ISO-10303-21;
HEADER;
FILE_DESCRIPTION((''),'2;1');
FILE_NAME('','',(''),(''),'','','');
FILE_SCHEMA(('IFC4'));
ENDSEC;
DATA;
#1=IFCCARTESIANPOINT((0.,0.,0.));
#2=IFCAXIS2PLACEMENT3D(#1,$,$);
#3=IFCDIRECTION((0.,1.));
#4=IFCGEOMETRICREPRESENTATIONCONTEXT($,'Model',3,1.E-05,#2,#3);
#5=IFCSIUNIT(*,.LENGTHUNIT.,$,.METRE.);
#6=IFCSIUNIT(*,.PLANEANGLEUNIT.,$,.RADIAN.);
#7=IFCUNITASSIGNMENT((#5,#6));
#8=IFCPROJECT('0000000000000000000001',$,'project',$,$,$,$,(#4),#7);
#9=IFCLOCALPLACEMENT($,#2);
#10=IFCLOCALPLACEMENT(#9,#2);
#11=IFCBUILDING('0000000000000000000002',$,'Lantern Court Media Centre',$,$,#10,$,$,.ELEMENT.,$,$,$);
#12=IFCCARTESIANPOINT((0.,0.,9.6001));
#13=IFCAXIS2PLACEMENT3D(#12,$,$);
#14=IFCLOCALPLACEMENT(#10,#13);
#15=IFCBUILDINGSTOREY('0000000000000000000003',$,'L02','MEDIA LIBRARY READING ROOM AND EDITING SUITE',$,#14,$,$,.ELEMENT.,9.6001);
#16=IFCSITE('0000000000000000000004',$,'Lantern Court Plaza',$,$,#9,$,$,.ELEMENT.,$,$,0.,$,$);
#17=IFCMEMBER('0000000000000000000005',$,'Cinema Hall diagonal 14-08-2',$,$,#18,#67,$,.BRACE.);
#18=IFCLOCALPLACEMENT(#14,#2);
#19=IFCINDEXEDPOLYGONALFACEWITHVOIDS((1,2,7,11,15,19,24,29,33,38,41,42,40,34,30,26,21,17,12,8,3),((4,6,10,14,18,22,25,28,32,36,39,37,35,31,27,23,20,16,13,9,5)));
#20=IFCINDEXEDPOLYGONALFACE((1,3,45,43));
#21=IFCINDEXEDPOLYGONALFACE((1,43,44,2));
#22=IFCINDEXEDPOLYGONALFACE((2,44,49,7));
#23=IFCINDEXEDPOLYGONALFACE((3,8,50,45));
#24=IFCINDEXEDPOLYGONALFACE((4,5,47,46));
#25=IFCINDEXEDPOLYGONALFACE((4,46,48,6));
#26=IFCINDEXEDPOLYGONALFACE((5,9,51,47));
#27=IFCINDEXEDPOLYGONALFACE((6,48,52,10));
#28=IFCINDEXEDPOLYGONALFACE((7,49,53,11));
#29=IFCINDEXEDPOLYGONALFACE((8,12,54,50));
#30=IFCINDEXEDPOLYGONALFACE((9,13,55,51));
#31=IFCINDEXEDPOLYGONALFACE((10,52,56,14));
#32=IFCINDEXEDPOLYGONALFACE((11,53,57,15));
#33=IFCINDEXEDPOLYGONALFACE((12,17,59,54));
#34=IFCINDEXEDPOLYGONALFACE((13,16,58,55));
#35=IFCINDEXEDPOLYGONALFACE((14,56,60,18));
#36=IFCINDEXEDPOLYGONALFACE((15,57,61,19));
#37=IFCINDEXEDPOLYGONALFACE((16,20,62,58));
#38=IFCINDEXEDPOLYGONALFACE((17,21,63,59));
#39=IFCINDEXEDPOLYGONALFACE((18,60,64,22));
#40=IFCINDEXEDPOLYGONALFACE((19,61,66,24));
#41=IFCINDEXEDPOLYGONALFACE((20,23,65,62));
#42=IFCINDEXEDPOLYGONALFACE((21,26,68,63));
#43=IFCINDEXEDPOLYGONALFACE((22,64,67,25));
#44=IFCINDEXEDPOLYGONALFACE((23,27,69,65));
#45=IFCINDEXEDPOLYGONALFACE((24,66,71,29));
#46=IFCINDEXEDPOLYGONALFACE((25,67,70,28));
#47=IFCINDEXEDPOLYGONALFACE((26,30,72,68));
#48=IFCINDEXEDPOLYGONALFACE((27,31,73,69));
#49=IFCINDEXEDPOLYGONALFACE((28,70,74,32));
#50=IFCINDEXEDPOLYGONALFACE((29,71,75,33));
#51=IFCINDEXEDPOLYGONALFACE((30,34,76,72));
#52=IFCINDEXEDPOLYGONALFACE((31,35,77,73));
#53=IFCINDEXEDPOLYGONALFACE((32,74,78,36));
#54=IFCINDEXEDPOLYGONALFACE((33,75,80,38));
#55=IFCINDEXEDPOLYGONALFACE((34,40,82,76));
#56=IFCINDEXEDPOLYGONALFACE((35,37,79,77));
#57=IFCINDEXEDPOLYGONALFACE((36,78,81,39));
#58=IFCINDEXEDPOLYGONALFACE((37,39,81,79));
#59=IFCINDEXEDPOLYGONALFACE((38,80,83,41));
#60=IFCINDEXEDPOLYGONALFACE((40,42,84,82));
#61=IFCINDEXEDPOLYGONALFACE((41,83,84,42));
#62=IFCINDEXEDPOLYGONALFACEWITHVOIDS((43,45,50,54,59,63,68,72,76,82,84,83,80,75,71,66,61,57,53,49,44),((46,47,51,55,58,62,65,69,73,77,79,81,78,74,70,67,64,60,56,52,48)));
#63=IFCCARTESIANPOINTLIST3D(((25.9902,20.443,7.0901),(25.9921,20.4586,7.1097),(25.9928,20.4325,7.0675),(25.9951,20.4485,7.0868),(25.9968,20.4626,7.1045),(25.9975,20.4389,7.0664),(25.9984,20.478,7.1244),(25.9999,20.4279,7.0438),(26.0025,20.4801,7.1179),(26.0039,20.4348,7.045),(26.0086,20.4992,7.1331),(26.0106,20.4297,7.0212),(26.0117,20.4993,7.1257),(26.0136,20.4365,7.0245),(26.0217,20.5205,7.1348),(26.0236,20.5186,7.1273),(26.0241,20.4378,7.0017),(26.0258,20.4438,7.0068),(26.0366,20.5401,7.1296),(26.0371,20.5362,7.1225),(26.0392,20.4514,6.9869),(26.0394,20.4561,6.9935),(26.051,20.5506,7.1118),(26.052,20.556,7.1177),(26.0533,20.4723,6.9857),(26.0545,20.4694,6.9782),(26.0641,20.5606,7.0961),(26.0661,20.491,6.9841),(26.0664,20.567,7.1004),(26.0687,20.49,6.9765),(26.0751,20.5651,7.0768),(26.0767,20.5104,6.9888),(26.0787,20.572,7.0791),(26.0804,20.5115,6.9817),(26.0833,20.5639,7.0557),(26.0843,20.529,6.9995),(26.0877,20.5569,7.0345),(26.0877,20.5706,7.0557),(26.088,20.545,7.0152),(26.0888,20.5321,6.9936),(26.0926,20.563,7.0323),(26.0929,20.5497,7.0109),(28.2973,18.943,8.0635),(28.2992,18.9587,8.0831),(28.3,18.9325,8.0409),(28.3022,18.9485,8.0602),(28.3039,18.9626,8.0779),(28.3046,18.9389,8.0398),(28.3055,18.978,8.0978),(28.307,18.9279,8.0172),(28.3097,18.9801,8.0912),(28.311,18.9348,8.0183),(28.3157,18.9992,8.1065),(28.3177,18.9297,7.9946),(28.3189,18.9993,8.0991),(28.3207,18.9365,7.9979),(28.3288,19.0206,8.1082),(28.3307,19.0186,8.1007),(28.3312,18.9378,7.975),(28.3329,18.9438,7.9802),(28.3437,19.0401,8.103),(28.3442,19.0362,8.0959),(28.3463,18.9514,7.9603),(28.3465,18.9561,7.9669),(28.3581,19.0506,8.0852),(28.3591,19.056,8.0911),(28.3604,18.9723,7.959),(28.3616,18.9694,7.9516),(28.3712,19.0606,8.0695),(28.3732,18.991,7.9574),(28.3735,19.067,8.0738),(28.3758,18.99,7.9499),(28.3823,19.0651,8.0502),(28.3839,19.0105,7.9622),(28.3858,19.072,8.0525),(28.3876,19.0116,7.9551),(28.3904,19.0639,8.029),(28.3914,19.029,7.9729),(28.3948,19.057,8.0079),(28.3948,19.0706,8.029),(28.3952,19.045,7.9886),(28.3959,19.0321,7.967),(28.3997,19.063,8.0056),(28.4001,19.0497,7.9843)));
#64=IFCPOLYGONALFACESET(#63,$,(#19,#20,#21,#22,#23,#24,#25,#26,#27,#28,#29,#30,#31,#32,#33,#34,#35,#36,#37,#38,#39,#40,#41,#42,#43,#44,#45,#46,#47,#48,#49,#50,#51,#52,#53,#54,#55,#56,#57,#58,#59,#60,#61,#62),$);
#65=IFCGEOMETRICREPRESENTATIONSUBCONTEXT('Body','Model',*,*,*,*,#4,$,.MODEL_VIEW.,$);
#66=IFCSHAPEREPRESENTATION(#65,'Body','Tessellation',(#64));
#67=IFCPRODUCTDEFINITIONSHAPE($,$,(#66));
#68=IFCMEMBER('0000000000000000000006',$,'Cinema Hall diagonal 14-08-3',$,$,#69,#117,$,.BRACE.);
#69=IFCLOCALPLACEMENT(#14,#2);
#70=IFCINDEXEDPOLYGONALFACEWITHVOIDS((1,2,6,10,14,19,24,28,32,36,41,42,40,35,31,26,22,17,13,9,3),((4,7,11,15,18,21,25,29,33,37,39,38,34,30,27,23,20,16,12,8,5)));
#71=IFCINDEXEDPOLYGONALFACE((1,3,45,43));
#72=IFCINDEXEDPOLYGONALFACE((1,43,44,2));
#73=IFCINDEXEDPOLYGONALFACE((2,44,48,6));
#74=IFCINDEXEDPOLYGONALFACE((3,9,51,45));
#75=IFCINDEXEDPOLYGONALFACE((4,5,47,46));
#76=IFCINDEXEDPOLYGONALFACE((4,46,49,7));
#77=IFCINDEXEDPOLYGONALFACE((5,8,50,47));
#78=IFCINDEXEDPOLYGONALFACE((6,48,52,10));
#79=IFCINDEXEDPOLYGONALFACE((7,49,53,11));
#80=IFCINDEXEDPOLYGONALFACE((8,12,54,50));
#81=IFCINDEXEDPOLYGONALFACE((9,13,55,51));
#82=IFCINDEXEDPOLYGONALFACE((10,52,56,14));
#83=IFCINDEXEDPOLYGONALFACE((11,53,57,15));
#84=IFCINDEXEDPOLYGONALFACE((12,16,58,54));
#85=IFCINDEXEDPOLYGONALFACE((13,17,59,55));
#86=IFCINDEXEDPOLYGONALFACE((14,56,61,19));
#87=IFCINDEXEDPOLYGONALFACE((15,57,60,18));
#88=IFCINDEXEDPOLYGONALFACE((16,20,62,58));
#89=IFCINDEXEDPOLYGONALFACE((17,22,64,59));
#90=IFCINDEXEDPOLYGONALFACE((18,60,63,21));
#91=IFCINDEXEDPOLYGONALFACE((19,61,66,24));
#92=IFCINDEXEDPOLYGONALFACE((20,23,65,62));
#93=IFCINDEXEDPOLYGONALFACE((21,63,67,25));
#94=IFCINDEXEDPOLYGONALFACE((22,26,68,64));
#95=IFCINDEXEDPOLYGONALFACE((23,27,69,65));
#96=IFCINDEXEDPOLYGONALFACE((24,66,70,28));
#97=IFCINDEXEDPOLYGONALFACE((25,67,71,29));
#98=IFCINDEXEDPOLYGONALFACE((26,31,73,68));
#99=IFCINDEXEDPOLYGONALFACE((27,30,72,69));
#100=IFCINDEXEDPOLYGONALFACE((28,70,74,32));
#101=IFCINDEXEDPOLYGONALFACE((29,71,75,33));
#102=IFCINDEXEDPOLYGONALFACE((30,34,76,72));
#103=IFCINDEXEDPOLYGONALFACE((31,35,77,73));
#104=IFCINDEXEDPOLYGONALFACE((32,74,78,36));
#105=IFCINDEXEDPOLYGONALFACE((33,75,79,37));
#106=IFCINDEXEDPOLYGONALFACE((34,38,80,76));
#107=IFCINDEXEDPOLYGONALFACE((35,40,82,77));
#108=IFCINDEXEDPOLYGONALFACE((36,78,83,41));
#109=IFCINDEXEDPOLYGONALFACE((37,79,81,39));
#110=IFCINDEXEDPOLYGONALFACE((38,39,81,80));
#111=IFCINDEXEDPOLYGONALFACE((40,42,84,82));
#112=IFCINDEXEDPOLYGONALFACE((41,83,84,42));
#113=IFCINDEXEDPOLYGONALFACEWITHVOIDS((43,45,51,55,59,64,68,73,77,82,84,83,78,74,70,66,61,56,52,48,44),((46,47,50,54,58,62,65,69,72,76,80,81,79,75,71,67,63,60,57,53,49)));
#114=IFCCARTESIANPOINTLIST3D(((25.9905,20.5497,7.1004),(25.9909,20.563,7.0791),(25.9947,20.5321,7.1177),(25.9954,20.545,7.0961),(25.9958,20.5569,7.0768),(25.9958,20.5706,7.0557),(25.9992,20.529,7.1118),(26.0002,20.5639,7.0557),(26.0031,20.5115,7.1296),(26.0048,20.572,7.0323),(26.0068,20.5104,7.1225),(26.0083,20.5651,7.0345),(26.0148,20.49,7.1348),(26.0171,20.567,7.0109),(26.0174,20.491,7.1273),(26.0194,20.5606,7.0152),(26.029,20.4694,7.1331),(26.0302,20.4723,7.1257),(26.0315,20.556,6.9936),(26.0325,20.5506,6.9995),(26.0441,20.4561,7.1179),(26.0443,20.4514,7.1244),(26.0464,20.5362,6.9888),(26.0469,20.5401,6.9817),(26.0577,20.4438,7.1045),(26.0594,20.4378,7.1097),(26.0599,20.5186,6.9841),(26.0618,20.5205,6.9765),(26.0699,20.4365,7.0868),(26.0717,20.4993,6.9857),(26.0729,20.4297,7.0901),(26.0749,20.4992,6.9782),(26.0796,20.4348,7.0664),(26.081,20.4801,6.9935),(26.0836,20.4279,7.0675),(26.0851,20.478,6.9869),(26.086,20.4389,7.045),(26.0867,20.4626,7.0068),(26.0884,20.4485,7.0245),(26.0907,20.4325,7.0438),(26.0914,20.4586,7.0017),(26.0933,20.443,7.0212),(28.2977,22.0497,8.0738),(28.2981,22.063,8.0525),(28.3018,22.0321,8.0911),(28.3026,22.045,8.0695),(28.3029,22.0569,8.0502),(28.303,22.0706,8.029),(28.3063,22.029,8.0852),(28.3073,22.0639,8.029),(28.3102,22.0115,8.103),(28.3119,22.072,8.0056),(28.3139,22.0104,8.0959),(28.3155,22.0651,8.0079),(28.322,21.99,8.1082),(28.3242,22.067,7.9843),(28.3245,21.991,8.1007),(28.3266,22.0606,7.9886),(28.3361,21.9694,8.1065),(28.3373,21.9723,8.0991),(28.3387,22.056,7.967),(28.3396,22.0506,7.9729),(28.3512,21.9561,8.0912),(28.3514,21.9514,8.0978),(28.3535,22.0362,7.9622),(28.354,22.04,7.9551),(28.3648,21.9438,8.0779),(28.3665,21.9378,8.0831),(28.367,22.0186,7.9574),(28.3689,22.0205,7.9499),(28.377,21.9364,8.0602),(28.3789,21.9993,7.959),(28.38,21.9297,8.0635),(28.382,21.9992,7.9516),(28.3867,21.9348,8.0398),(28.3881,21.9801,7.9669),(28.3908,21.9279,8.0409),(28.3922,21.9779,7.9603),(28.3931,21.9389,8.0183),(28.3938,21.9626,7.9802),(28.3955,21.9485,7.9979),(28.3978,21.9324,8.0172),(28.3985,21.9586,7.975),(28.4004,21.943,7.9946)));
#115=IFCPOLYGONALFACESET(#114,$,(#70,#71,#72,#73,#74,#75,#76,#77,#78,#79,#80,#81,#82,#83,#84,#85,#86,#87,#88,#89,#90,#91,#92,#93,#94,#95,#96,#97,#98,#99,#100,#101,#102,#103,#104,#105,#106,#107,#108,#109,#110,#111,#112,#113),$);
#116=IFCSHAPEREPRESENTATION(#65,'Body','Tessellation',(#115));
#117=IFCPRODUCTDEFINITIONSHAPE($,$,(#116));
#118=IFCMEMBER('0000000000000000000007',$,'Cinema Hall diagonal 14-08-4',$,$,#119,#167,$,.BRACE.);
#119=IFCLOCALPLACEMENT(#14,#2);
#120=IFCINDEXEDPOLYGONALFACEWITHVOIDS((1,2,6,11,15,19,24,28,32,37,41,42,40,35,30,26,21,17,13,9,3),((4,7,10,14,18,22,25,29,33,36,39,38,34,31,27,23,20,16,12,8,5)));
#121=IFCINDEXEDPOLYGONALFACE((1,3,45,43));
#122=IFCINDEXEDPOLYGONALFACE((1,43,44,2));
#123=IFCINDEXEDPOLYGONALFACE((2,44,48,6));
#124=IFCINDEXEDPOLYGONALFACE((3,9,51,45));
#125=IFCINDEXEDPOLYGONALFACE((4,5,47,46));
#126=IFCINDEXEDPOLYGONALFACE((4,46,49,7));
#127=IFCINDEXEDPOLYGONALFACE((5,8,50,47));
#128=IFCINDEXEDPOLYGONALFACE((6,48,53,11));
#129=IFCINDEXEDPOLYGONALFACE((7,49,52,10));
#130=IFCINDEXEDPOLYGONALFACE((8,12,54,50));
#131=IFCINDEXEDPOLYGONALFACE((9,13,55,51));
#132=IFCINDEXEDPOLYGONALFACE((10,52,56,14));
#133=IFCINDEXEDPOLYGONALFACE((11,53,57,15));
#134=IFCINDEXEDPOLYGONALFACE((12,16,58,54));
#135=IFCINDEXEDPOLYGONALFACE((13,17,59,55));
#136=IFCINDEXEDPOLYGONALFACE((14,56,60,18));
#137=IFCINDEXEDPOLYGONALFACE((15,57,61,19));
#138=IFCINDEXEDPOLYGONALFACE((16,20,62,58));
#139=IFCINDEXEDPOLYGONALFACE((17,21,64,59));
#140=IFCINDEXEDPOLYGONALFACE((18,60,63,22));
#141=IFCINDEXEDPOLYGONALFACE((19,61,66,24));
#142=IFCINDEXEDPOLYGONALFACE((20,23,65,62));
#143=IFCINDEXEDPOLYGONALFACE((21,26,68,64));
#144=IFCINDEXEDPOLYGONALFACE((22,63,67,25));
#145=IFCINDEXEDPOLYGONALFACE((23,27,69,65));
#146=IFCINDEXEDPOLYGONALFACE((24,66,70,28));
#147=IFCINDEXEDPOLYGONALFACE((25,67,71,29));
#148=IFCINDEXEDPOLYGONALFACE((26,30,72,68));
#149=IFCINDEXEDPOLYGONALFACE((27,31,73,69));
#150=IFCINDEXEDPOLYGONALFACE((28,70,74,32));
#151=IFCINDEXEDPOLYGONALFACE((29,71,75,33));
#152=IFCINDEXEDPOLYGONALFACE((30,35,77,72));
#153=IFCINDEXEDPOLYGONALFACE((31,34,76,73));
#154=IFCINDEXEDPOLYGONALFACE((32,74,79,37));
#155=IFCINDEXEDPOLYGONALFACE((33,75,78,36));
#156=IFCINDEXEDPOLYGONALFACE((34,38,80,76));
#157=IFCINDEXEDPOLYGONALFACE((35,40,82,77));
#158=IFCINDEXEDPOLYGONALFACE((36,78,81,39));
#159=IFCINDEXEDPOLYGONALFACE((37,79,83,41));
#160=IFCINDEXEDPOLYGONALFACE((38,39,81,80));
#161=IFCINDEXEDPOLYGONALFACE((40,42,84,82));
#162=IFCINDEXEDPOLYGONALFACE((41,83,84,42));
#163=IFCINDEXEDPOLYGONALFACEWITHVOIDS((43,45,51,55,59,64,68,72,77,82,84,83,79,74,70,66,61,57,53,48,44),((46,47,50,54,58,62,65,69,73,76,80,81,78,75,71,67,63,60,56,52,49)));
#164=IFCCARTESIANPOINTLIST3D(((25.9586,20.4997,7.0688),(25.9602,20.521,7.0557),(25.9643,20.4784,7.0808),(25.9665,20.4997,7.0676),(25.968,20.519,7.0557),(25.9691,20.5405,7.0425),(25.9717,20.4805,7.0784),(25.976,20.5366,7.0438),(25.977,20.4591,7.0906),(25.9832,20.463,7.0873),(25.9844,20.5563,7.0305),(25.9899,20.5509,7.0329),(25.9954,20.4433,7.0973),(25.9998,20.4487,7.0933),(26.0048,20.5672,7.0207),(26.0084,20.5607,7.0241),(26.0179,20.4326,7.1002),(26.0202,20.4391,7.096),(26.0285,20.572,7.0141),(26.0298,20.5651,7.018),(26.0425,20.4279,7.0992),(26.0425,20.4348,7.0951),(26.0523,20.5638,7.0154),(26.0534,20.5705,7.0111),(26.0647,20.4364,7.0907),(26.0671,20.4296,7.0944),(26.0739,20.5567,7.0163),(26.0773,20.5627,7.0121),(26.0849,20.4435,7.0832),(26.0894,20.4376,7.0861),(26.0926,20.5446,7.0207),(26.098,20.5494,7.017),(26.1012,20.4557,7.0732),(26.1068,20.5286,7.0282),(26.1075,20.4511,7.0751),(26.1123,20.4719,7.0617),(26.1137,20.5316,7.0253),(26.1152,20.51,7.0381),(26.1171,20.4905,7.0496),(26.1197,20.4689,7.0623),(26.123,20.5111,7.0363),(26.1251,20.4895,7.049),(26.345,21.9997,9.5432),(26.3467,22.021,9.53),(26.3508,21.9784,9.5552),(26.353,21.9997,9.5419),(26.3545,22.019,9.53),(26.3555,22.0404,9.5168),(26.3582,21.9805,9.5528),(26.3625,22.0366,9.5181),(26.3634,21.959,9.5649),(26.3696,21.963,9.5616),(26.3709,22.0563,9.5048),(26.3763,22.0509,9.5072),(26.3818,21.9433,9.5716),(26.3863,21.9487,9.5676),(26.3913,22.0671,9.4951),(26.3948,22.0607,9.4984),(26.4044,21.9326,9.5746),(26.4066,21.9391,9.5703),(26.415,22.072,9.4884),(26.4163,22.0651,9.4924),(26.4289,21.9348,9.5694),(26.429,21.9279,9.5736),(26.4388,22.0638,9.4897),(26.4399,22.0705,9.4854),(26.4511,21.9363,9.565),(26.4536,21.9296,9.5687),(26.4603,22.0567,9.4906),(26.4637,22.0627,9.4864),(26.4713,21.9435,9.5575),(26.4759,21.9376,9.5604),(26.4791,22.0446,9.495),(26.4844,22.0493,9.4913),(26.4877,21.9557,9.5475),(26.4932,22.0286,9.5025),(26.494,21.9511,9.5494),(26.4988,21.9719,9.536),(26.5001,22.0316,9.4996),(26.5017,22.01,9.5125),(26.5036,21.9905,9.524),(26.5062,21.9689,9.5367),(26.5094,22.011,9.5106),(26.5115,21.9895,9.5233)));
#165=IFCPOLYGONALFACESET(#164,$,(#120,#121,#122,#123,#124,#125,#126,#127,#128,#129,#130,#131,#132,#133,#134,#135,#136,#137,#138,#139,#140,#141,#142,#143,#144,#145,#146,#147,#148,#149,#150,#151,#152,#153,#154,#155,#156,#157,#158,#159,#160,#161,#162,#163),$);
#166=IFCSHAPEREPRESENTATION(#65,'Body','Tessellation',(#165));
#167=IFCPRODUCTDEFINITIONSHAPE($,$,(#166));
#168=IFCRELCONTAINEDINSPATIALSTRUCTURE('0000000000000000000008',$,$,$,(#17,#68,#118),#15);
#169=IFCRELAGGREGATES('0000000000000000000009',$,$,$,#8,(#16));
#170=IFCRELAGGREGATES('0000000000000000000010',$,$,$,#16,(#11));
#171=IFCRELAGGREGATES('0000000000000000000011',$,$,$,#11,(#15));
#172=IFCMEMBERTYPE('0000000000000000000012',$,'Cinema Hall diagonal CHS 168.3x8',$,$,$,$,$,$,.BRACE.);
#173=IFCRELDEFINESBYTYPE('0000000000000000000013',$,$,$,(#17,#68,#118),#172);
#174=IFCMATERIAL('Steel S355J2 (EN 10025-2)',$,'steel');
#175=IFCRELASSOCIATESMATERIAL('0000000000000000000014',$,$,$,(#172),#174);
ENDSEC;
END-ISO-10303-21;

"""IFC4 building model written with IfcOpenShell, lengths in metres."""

from ifc_helpers import new_model, si_unit, direction, frame, origin, origin_2d, place, context, subcontext, project, spatial, hollow_circle, extrude, material, material_profile, profile_set, type_object, element, save


model = new_model("IFC4")

# Units and contexts
model_context = context("Model", 3, precision=1e-05, world=origin(), true_north=direction((0.0, 1.0)))
body_context = subcontext(model_context, "Body", "Model", "MODEL_VIEW")
ifc_project = project(units=[si_unit("LENGTHUNIT", "METRE"), si_unit("PLANEANGLEUNIT", "RADIAN")], contexts=[model_context])

# Site, building, storey
site_placement = place(None, origin())
site = spatial("IfcSite", under=ifc_project, at=site_placement, Name="Lantern Court Plaza", CompositionType="ELEMENT", RefElevation=0.0)
building_placement = place(site_placement, origin())
building = spatial("IfcBuilding", under=site, at=building_placement, Name="Lantern Court Media Centre", CompositionType="ELEMENT")
storey_placement = place(building_placement, frame((0.0, 0.0, 9.6001)))
storey = spatial("IfcBuildingStorey", under=building, at=storey_placement, Name="L02", Description="MEDIA LIBRARY READING ROOM AND EDITING SUITE", CompositionType="ELEMENT", Elevation=9.6001)

# Members
ifc_material = material(Name="Steel S355J2 (EN 10025-2)", Category="steel")
ifc_material_profile_1 = material_profile(ifc_material, hollow_circle(Radius=0.0842, WallThickness=0.0081, at=origin_2d()), Name="Cinema Hall diagonal CHS 168.3x8")
ifc_profile_set_1 = profile_set([ifc_material_profile_1], Name="Steel S355J2 (EN 10025-2)")
member_type_1 = type_object("IfcMemberType", Name="Cinema Hall diagonal CHS 168.3x8", PredefinedType="BRACE", material=ifc_profile_set_1)
for number, where, z_axis, x_axis, name in (
    (1, (26.0417, 20.5, 7.0557), (0.790394, -0.513882, 0.333471), (0.545082, 0.838383, 0.0), "Cinema Hall diagonal 14-08-2"),
    (2, (26.0417, 20.5, 7.0557), (0.790394, 0.513882, 0.333471), (-0.545082, 0.838383, 0.0), "Cinema Hall diagonal 14-08-3"),
):
    element("IfcMember", number, at=place(storey_placement, frame(where, z_axis=z_axis, x_axis=x_axis)), inside=storey, type_object=member_type_1, Name=name, PredefinedType="BRACE", context=body_context, shape_type="SweptSolid", body=[
        extrude(hollow_circle(Radius=0.0842, WallThickness=0.0081, at=origin_2d()), origin(), (0.0, 0.0, 1.0), 2.9189),
    ])
member_1_placement = place(storey_placement, frame((26.0417, 20.5, 7.0557), z_axis=(0.13239, 0.513836, 0.847612), x_axis=(-0.968374, 0.249501, 0.0)))
element("IfcMember", 3, at=member_1_placement, inside=storey, type_object=member_type_1, Name="Cinema Hall diagonal 14-08-4", PredefinedType="BRACE", context=body_context, shape_type="SweptSolid", body=[
    extrude(hollow_circle(Radius=0.0842, WallThickness=0.0081, at=origin_2d()), origin(), (0.0, 0.0, 1.0), 2.9192),
])

save(model, "model.ifc")
